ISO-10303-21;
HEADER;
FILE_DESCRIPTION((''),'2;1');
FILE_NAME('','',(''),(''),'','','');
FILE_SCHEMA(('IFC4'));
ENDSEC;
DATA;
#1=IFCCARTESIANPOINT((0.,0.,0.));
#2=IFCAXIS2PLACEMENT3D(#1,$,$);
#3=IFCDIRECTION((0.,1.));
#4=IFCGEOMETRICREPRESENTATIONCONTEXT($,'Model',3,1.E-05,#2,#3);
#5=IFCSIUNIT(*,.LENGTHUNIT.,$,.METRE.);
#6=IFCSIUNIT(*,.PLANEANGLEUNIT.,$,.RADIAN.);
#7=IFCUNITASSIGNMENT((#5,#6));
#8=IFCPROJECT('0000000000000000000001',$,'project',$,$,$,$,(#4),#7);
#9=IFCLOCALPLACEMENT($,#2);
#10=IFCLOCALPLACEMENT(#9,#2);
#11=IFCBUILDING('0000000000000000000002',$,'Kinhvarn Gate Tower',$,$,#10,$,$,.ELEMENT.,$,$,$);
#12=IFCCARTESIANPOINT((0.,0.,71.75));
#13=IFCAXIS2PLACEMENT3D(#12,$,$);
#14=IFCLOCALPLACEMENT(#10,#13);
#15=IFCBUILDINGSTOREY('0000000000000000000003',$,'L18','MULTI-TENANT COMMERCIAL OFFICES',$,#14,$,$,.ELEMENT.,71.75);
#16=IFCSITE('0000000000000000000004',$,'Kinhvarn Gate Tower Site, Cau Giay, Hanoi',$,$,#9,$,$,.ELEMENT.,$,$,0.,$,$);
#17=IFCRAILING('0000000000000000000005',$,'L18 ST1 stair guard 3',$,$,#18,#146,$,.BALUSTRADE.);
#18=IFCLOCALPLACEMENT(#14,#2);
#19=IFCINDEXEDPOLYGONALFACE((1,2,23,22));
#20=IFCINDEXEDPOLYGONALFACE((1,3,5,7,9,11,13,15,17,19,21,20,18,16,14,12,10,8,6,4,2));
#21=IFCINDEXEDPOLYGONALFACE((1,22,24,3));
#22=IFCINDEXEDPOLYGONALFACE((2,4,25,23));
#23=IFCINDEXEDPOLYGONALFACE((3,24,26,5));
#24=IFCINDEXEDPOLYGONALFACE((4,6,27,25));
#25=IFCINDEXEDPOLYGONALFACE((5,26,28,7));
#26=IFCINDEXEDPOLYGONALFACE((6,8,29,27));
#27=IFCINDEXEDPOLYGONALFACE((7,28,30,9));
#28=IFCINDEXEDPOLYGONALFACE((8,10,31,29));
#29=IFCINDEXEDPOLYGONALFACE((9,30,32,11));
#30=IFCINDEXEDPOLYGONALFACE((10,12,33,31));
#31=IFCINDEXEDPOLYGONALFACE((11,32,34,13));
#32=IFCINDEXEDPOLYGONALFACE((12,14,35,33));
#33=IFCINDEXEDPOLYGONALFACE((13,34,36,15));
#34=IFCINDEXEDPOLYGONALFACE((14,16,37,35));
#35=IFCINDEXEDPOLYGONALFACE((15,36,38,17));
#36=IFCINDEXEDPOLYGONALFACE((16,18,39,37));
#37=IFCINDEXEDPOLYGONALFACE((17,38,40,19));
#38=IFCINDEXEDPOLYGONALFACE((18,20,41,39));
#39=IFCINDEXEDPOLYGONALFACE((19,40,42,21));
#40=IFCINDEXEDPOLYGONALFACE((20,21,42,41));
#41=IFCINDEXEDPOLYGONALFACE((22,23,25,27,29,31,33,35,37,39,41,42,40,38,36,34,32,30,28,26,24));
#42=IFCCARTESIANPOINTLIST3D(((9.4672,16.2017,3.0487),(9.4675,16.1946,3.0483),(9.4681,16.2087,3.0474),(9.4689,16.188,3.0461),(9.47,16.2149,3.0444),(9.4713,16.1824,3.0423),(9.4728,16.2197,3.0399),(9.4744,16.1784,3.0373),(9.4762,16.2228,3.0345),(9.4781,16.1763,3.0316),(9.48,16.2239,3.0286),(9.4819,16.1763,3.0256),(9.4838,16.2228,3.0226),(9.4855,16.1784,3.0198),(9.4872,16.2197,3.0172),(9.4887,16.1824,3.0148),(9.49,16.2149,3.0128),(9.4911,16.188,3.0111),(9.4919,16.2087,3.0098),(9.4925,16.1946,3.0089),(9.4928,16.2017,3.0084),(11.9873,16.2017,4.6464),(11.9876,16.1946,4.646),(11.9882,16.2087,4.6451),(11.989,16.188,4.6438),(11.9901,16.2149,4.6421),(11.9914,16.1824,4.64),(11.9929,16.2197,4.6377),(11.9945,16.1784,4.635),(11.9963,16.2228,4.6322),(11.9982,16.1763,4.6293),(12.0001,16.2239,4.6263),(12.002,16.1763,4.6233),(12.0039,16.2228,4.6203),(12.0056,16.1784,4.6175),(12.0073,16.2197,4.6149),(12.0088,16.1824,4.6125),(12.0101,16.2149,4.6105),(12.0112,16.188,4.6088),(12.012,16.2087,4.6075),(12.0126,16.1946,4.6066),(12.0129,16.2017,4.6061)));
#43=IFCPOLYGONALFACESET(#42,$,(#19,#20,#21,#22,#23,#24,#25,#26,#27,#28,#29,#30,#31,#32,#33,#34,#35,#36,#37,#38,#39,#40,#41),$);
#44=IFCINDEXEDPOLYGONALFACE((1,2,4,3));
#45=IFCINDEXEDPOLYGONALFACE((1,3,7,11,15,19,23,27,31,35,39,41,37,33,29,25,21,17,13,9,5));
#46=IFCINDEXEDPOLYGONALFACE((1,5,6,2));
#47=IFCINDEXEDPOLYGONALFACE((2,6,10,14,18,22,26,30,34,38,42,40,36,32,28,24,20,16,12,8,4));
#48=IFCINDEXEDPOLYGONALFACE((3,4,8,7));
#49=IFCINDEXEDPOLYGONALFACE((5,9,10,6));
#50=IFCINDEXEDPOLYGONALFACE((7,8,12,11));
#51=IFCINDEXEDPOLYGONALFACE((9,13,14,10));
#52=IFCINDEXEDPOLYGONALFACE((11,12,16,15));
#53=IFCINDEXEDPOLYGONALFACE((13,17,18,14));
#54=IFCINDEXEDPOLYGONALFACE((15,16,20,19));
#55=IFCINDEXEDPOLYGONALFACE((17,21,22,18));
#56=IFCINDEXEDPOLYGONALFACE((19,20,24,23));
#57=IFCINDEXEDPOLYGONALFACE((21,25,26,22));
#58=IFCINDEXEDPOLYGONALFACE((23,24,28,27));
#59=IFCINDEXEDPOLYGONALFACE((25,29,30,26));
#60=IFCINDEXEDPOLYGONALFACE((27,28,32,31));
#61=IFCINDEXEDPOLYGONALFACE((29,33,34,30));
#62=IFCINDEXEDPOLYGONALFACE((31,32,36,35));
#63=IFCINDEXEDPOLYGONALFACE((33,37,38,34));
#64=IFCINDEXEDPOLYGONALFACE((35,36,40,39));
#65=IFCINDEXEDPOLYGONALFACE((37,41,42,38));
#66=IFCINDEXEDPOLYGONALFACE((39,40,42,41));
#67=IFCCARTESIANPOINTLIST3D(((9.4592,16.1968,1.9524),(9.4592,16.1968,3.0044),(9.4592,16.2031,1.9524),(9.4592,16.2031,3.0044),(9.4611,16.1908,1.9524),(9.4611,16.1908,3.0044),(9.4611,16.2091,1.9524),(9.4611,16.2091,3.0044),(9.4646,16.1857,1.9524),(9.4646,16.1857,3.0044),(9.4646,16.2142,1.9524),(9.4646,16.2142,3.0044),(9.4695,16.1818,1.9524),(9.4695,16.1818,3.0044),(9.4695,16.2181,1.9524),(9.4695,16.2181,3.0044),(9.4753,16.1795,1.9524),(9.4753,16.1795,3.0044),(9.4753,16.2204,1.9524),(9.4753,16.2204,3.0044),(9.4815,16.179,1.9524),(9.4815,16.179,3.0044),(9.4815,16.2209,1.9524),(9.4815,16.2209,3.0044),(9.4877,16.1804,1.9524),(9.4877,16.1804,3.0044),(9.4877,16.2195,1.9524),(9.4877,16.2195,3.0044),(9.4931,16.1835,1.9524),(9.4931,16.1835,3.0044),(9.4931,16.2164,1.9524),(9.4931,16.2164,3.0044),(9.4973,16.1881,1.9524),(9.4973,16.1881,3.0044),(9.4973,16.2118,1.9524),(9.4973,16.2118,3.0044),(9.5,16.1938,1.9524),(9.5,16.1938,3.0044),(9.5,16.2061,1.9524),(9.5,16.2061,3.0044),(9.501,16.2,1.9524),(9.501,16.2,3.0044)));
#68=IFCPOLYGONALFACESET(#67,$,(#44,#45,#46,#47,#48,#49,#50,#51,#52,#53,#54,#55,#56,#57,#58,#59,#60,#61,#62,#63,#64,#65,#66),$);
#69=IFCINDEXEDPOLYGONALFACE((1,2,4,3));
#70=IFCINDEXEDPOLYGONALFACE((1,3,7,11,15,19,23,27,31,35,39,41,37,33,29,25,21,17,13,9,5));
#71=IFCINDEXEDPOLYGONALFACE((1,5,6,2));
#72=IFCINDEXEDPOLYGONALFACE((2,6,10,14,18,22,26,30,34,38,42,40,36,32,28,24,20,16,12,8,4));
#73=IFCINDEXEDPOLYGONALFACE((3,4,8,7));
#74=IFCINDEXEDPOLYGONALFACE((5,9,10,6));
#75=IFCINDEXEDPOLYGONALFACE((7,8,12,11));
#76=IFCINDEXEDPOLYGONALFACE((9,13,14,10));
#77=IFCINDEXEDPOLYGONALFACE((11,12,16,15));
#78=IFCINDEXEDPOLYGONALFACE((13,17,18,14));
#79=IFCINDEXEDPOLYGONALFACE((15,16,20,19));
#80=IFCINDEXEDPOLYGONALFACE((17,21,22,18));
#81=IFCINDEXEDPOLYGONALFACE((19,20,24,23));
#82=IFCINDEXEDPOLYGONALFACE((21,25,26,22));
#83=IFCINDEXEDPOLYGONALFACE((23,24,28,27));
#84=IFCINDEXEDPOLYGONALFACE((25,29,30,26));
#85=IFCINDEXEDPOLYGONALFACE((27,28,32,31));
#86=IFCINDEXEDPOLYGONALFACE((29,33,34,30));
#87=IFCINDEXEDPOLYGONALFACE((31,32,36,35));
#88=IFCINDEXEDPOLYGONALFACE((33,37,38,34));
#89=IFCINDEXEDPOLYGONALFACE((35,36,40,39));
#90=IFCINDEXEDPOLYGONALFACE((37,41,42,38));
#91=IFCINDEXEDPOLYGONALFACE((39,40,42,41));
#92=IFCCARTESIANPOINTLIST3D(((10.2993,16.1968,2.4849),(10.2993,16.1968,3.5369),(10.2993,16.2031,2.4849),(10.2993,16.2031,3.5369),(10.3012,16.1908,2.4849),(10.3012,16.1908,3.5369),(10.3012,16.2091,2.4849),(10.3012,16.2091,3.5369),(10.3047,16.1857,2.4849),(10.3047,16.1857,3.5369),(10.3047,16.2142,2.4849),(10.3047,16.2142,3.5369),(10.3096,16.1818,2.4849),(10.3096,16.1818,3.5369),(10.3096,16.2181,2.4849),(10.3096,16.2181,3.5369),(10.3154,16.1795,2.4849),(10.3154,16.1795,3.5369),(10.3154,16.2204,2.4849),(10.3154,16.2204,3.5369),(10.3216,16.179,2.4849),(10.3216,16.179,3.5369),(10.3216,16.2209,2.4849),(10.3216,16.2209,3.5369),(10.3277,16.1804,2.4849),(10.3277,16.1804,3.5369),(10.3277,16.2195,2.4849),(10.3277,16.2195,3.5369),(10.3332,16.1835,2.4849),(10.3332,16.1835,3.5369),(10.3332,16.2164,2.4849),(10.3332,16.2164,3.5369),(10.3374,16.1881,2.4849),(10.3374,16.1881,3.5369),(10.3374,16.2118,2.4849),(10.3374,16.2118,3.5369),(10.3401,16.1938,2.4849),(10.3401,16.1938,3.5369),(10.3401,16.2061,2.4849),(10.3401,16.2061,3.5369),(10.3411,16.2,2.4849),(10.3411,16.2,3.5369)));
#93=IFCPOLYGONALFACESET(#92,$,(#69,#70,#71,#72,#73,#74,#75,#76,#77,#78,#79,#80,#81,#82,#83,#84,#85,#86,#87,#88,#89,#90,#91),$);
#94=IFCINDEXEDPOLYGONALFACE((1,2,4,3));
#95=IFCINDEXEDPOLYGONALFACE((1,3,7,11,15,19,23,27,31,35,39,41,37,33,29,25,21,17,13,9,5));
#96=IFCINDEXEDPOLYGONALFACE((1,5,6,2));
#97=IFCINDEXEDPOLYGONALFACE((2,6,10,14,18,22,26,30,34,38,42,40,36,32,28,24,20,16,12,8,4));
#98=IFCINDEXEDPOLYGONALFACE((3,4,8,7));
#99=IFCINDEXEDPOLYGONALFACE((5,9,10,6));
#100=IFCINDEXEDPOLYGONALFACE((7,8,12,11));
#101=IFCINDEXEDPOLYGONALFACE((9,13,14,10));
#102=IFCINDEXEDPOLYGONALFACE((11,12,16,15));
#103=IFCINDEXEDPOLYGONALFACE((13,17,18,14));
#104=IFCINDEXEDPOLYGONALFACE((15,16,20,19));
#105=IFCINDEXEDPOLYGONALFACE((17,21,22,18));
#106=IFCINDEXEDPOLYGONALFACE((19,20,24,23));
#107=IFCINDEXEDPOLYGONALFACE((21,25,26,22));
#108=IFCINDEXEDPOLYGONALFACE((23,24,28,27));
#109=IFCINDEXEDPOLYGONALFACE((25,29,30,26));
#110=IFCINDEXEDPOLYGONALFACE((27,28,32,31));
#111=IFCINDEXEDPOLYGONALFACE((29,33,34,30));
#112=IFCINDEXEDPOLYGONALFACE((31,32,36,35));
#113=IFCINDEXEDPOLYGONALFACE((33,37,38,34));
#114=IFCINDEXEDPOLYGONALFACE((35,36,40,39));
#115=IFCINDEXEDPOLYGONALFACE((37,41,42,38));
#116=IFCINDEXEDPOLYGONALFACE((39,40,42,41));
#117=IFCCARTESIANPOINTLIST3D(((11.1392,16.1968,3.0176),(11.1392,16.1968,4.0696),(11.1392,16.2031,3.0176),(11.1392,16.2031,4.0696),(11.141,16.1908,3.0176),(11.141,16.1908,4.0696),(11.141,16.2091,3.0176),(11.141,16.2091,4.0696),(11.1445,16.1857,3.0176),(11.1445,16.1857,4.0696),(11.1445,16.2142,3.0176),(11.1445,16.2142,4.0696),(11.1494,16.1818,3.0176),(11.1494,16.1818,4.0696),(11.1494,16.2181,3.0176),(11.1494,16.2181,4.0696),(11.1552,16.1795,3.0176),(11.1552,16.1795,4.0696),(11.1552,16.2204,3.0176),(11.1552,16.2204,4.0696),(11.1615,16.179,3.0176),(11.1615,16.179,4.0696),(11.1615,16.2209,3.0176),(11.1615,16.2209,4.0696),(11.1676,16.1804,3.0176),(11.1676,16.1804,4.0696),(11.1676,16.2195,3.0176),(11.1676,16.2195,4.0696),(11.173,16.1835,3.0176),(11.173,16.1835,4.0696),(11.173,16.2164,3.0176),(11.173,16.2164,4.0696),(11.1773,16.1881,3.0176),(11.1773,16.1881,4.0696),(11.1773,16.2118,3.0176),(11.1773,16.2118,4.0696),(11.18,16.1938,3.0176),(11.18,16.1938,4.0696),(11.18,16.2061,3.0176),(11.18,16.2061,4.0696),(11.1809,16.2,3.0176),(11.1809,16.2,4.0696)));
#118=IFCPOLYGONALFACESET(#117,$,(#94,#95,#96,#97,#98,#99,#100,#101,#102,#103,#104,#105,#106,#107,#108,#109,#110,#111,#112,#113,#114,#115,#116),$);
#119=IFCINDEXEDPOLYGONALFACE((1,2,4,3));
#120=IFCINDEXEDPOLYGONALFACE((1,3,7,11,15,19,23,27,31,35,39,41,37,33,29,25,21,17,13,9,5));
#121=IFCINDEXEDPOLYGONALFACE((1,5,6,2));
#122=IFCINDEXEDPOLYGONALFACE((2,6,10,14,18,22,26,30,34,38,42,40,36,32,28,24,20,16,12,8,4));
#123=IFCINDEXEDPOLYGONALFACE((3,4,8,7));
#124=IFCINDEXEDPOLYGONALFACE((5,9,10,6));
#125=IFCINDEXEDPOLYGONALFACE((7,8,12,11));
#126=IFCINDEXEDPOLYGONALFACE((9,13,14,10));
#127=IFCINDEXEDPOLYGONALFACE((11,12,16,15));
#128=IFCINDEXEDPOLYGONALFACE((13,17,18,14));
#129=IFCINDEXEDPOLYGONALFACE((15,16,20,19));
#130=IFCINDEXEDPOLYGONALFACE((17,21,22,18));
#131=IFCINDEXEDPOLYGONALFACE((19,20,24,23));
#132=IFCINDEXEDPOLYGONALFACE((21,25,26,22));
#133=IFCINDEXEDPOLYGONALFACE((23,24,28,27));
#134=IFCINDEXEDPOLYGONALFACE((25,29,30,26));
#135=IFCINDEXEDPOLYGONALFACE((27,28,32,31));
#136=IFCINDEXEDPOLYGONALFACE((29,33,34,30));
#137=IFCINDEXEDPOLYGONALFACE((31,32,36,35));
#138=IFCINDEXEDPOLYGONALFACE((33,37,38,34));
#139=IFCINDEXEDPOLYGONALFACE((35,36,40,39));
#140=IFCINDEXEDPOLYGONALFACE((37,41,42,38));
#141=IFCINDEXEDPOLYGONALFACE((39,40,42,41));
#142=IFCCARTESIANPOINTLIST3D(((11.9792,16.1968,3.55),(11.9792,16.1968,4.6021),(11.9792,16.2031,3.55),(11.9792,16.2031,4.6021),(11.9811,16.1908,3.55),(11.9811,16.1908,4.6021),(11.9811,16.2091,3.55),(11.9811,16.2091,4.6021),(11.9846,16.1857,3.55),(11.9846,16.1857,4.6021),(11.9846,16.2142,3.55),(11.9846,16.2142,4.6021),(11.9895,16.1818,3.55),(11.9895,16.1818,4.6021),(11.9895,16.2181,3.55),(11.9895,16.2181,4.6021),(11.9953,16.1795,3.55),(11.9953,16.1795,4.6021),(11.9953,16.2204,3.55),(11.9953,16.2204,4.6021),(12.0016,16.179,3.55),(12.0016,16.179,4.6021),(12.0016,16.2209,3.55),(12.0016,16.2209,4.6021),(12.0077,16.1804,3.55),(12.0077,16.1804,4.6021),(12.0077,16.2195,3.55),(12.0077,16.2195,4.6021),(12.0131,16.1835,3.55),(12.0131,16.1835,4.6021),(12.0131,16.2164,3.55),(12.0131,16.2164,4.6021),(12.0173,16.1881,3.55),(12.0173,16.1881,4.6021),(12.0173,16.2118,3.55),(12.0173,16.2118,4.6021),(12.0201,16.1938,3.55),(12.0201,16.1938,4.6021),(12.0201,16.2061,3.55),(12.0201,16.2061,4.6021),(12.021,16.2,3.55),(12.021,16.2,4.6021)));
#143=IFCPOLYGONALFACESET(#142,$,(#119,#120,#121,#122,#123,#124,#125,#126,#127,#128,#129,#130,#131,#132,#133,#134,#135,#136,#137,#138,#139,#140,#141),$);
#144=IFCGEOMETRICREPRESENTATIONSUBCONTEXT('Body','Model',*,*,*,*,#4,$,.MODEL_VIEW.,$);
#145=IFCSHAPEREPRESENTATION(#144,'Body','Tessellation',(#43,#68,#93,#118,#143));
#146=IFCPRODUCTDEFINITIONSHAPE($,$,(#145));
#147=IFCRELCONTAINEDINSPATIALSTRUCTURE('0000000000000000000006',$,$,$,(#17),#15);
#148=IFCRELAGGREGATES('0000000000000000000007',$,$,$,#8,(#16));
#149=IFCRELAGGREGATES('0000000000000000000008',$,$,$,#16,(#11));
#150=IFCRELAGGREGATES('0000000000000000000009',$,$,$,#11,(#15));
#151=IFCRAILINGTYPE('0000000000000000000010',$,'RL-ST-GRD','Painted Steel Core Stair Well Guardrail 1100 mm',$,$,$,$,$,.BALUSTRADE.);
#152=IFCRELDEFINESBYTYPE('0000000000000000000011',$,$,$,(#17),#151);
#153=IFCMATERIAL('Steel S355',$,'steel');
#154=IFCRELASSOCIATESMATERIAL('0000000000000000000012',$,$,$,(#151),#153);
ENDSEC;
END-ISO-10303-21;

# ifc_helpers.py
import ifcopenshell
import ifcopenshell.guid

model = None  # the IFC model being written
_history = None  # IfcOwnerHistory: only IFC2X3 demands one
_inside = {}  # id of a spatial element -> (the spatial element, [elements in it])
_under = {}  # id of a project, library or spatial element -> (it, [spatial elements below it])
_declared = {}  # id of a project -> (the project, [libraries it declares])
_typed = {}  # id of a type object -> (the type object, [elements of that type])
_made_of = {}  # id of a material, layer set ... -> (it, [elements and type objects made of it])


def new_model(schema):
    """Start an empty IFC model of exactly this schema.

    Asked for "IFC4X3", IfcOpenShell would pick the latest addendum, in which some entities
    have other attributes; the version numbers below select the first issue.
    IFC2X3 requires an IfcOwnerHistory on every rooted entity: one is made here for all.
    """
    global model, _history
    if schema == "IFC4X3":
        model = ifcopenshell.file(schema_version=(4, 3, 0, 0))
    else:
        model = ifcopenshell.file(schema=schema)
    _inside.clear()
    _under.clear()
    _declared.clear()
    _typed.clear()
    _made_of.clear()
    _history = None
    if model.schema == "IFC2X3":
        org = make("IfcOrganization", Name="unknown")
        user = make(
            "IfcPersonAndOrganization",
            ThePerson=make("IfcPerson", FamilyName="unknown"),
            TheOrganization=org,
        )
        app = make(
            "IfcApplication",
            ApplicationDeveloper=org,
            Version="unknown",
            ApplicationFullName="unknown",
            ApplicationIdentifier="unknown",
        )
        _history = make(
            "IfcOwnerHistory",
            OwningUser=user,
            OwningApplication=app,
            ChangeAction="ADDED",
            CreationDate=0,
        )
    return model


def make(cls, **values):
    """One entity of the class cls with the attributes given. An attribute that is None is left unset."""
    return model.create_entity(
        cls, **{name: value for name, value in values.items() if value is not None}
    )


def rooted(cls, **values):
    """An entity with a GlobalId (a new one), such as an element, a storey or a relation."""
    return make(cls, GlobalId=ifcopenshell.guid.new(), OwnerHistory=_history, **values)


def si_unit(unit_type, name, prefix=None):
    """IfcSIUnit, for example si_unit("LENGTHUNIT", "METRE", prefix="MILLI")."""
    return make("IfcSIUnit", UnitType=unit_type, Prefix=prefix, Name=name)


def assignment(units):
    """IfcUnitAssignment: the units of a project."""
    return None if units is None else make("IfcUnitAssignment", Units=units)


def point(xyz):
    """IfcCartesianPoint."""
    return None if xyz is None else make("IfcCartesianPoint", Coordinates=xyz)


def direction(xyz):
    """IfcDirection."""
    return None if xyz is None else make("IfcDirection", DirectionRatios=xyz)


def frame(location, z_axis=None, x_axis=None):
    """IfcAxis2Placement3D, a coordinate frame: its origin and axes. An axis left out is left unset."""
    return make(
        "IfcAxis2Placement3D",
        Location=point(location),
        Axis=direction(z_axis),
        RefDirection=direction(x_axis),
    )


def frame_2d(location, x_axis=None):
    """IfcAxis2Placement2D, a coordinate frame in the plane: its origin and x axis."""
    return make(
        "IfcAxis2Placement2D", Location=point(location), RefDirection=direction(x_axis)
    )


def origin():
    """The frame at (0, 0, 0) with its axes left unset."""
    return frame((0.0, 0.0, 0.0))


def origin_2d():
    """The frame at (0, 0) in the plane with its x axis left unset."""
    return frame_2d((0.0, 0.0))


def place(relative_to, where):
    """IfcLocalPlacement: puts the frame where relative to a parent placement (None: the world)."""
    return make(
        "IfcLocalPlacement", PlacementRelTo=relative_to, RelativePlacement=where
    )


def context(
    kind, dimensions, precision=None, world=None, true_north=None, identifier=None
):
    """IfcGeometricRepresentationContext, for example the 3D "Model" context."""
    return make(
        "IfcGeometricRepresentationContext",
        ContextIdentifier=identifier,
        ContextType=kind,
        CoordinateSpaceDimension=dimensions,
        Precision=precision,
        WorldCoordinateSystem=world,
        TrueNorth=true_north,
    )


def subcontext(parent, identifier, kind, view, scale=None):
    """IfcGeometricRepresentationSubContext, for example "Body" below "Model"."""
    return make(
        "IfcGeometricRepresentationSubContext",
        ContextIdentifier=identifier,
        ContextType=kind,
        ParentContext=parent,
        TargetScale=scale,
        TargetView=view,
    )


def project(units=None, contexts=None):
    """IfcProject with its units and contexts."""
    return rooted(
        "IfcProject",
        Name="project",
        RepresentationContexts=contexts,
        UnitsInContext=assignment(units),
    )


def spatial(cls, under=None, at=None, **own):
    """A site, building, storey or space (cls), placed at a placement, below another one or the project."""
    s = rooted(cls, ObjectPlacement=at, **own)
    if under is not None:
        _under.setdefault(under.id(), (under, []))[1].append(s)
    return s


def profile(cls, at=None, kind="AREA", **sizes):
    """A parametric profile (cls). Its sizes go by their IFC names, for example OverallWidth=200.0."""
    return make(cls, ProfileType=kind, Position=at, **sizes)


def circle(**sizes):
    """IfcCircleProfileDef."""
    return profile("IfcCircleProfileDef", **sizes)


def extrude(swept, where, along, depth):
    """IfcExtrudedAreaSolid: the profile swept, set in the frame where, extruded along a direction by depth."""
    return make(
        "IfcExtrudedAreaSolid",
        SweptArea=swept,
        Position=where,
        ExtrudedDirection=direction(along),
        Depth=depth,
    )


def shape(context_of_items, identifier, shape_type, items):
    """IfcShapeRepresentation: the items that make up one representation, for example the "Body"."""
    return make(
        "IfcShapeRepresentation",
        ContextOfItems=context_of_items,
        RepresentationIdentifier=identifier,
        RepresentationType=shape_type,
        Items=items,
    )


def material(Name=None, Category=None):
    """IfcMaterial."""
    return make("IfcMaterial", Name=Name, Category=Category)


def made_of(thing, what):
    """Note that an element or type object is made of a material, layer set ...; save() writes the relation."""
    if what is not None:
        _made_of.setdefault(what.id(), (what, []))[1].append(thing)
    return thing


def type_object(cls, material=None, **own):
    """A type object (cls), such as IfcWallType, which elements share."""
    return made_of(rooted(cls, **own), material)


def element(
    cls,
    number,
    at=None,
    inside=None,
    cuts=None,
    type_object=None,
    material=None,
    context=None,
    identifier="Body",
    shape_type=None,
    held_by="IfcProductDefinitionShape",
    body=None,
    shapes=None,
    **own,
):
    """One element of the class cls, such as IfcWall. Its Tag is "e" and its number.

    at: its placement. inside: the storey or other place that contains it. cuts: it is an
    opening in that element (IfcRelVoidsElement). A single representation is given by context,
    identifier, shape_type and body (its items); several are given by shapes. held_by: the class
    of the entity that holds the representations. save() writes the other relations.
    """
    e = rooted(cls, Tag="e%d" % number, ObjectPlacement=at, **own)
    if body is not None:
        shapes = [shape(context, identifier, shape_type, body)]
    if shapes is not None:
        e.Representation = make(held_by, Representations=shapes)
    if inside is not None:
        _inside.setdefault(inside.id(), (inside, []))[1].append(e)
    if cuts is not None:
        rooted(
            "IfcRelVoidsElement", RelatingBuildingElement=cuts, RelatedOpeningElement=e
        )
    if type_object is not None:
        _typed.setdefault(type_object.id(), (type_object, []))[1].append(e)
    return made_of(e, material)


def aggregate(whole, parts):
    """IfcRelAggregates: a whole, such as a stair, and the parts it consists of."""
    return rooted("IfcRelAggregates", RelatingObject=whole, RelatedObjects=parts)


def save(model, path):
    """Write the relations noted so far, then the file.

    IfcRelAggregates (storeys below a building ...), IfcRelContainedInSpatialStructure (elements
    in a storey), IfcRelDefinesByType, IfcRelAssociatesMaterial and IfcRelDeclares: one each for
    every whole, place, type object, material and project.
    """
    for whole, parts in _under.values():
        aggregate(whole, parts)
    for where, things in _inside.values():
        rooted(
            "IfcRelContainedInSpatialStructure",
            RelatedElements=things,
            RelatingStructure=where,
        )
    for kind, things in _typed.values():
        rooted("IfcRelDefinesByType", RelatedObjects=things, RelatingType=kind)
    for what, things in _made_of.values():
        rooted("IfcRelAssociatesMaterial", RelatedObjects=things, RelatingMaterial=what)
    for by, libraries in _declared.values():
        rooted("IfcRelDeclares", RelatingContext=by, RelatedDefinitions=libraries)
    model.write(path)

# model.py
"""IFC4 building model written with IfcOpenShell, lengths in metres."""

from ifc_helpers import new_model, si_unit, direction, frame, origin, origin_2d, place, context, subcontext, project, spatial, circle, extrude, material, type_object, element, save


model = new_model("IFC4")

# Units and contexts
model_context = context("Model", 3, precision=1e-05, world=origin(), true_north=direction((0.0, 1.0)))
body_context = subcontext(model_context, "Body", "Model", "MODEL_VIEW")
ifc_project = project(units=[si_unit("LENGTHUNIT", "METRE"), si_unit("PLANEANGLEUNIT", "RADIAN")], contexts=[model_context])

# Site, building, storey
site_placement = place(None, origin())
site = spatial("IfcSite", under=ifc_project, at=site_placement, Name="Kinhvarn Gate Tower Site, Cau Giay, Hanoi", CompositionType="ELEMENT", RefElevation=0.0)
building_placement = place(site_placement, origin())
building = spatial("IfcBuilding", under=site, at=building_placement, Name="Kinhvarn Gate Tower", CompositionType="ELEMENT")
storey_placement = place(building_placement, frame((0.0, 0.0, 71.75)))
storey = spatial("IfcBuildingStorey", under=building, at=storey_placement, Name="L18", Description="MULTI-TENANT COMMERCIAL OFFICES", CompositionType="ELEMENT", Elevation=71.75)

# Shared definitions
ifc_material_1 = material(Name="Steel S355", Category="steel")

# Railing
railing_type_1 = type_object("IfcRailingType", Name="RL-ST-GRD", Description="Painted Steel Core Stair Well Guardrail 1100 mm", PredefinedType="BALUSTRADE", material=ifc_material_1)
railing_1_placement = place(storey_placement, frame((9.48, 16.2, 1.9524)))
element("IfcRailing", 1, at=railing_1_placement, inside=storey, type_object=railing_type_1, Name="L18 ST1 stair guard 3", PredefinedType="BALUSTRADE", context=body_context, shape_type="SweptSolid", body=[
    extrude(circle(Radius=0.0239, at=origin_2d()), frame((0.0, 0.0, 1.0762), z_axis=(0.84457, 0.0, 0.535445), x_axis=(0.0, 1.0, 0.0)), (0.0, 0.0, 1.0), 2.9839),
    extrude(circle(Radius=0.021, at=origin_2d()), origin(), (0.0, 0.0, 1.0), 1.052),
    extrude(circle(Radius=0.021, at=origin_2d()), frame((0.8401, 0.0, 0.5325)), (0.0, 0.0, 1.0), 1.052),
    extrude(circle(Radius=0.021, at=origin_2d()), frame((1.6799, 0.0, 1.0652)), (0.0, 0.0, 1.0), 1.052),
    extrude(circle(Radius=0.021, at=origin_2d()), frame((2.52, 0.0, 1.5977)), (0.0, 0.0, 1.0), 1.052),
])

save(model, "model.ifc")
